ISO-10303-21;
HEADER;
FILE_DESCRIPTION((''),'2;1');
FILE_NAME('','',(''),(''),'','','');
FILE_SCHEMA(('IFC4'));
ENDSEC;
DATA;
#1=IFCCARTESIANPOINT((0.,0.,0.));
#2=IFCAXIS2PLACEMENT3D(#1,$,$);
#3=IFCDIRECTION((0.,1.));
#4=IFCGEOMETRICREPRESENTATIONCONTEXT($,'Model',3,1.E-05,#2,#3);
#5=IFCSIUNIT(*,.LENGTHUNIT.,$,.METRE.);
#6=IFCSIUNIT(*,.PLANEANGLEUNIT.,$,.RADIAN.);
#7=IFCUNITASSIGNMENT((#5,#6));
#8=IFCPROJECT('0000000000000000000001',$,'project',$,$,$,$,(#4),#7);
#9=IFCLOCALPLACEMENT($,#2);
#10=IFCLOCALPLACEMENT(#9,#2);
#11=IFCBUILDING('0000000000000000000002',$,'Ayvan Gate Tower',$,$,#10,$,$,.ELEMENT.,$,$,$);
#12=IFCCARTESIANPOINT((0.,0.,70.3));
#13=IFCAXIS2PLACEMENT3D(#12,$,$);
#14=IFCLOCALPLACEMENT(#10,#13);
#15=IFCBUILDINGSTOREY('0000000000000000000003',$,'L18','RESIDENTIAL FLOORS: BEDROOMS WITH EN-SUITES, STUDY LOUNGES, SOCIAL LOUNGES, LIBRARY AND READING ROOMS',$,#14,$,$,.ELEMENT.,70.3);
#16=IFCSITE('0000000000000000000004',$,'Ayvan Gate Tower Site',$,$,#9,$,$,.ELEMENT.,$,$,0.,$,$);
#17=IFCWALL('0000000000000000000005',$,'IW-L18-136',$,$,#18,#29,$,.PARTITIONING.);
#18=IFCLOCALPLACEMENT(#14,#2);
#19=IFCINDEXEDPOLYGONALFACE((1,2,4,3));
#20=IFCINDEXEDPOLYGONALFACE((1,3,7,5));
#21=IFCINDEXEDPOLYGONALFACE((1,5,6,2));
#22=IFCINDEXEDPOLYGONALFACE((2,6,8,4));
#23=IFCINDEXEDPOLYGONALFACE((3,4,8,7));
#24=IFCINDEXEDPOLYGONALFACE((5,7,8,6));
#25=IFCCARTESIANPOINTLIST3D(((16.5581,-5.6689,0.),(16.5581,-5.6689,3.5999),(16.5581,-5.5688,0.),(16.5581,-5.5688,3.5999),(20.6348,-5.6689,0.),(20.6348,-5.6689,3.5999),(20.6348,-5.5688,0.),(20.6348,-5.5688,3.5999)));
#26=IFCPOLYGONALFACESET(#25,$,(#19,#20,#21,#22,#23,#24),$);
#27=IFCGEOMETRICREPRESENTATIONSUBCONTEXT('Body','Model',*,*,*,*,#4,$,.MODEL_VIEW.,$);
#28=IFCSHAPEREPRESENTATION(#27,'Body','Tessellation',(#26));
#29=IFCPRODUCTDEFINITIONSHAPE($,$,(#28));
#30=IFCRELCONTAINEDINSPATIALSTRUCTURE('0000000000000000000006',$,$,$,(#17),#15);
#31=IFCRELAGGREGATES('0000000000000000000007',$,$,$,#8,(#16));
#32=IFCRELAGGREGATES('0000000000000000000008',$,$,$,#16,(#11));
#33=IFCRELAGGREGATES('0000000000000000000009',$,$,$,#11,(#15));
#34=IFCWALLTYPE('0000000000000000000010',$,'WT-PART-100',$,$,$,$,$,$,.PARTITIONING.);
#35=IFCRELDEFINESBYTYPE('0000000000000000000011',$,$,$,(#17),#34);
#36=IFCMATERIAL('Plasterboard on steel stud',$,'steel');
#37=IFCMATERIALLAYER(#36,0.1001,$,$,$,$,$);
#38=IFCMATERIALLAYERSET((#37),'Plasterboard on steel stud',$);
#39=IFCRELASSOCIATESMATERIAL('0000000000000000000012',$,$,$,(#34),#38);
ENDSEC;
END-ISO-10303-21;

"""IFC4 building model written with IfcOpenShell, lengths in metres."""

from ifc_helpers import new_model, si_unit, direction, frame, frame_2d, origin, place, context, subcontext, project, spatial, rectangle, extrude, material, layer, layer_set, type_object, element, save


model = new_model("IFC4")

# Units and contexts
model_context = context("Model", 3, precision=1e-05, world=origin(), true_north=direction((0.0, 1.0)))
body_context = subcontext(model_context, "Body", "Model", "MODEL_VIEW")
ifc_project = project(units=[si_unit("LENGTHUNIT", "METRE"), si_unit("PLANEANGLEUNIT", "RADIAN")], contexts=[model_context])

# Site, building, storey
site_placement = place(None, origin())
site = spatial("IfcSite", under=ifc_project, at=site_placement, Name="Ayvan Gate Tower Site", CompositionType="ELEMENT", RefElevation=0.0)
building_placement = place(site_placement, origin())
building = spatial("IfcBuilding", under=site, at=building_placement, Name="Ayvan Gate Tower", CompositionType="ELEMENT")
storey_placement = place(building_placement, frame((0.0, 0.0, 70.3)))
storey = spatial("IfcBuildingStorey", under=building, at=storey_placement, Name="L18", Description="RESIDENTIAL FLOORS: BEDROOMS WITH EN-SUITES, STUDY LOUNGES, SOCIAL LOUNGES, LIBRARY AND READING ROOMS", CompositionType="ELEMENT", Elevation=70.3)

# Shared definitions
ifc_material_1 = material(Name="Plasterboard on steel stud", Category="steel")

# Shared definitions
ifc_layer_1 = layer(ifc_material_1, 0.1001)
ifc_layer_set_1 = layer_set([ifc_layer_1], Name="Plasterboard on steel stud")
wall_type_1 = type_object("IfcWallType", Name="WT-PART-100", PredefinedType="PARTITIONING", material=ifc_layer_set_1)

# Wall
wall_1_placement = place(storey_placement, frame((20.6348, -5.6189, 0.0), z_axis=(0.0, 0.0, 1.0), x_axis=(-1.0, 0.0, 0.0)))
element("IfcWall", 1, at=wall_1_placement, inside=storey, type_object=wall_type_1, Name="IW-L18-136", PredefinedType="PARTITIONING", context=body_context, shape_type="SweptSolid", body=[
    extrude(rectangle(XDim=4.0767, YDim=0.1001, at=frame_2d((2.0383, 0.0))), origin(), (0.0, 0.0, 1.0), 3.5999),
])

save(model, "model.ifc")
